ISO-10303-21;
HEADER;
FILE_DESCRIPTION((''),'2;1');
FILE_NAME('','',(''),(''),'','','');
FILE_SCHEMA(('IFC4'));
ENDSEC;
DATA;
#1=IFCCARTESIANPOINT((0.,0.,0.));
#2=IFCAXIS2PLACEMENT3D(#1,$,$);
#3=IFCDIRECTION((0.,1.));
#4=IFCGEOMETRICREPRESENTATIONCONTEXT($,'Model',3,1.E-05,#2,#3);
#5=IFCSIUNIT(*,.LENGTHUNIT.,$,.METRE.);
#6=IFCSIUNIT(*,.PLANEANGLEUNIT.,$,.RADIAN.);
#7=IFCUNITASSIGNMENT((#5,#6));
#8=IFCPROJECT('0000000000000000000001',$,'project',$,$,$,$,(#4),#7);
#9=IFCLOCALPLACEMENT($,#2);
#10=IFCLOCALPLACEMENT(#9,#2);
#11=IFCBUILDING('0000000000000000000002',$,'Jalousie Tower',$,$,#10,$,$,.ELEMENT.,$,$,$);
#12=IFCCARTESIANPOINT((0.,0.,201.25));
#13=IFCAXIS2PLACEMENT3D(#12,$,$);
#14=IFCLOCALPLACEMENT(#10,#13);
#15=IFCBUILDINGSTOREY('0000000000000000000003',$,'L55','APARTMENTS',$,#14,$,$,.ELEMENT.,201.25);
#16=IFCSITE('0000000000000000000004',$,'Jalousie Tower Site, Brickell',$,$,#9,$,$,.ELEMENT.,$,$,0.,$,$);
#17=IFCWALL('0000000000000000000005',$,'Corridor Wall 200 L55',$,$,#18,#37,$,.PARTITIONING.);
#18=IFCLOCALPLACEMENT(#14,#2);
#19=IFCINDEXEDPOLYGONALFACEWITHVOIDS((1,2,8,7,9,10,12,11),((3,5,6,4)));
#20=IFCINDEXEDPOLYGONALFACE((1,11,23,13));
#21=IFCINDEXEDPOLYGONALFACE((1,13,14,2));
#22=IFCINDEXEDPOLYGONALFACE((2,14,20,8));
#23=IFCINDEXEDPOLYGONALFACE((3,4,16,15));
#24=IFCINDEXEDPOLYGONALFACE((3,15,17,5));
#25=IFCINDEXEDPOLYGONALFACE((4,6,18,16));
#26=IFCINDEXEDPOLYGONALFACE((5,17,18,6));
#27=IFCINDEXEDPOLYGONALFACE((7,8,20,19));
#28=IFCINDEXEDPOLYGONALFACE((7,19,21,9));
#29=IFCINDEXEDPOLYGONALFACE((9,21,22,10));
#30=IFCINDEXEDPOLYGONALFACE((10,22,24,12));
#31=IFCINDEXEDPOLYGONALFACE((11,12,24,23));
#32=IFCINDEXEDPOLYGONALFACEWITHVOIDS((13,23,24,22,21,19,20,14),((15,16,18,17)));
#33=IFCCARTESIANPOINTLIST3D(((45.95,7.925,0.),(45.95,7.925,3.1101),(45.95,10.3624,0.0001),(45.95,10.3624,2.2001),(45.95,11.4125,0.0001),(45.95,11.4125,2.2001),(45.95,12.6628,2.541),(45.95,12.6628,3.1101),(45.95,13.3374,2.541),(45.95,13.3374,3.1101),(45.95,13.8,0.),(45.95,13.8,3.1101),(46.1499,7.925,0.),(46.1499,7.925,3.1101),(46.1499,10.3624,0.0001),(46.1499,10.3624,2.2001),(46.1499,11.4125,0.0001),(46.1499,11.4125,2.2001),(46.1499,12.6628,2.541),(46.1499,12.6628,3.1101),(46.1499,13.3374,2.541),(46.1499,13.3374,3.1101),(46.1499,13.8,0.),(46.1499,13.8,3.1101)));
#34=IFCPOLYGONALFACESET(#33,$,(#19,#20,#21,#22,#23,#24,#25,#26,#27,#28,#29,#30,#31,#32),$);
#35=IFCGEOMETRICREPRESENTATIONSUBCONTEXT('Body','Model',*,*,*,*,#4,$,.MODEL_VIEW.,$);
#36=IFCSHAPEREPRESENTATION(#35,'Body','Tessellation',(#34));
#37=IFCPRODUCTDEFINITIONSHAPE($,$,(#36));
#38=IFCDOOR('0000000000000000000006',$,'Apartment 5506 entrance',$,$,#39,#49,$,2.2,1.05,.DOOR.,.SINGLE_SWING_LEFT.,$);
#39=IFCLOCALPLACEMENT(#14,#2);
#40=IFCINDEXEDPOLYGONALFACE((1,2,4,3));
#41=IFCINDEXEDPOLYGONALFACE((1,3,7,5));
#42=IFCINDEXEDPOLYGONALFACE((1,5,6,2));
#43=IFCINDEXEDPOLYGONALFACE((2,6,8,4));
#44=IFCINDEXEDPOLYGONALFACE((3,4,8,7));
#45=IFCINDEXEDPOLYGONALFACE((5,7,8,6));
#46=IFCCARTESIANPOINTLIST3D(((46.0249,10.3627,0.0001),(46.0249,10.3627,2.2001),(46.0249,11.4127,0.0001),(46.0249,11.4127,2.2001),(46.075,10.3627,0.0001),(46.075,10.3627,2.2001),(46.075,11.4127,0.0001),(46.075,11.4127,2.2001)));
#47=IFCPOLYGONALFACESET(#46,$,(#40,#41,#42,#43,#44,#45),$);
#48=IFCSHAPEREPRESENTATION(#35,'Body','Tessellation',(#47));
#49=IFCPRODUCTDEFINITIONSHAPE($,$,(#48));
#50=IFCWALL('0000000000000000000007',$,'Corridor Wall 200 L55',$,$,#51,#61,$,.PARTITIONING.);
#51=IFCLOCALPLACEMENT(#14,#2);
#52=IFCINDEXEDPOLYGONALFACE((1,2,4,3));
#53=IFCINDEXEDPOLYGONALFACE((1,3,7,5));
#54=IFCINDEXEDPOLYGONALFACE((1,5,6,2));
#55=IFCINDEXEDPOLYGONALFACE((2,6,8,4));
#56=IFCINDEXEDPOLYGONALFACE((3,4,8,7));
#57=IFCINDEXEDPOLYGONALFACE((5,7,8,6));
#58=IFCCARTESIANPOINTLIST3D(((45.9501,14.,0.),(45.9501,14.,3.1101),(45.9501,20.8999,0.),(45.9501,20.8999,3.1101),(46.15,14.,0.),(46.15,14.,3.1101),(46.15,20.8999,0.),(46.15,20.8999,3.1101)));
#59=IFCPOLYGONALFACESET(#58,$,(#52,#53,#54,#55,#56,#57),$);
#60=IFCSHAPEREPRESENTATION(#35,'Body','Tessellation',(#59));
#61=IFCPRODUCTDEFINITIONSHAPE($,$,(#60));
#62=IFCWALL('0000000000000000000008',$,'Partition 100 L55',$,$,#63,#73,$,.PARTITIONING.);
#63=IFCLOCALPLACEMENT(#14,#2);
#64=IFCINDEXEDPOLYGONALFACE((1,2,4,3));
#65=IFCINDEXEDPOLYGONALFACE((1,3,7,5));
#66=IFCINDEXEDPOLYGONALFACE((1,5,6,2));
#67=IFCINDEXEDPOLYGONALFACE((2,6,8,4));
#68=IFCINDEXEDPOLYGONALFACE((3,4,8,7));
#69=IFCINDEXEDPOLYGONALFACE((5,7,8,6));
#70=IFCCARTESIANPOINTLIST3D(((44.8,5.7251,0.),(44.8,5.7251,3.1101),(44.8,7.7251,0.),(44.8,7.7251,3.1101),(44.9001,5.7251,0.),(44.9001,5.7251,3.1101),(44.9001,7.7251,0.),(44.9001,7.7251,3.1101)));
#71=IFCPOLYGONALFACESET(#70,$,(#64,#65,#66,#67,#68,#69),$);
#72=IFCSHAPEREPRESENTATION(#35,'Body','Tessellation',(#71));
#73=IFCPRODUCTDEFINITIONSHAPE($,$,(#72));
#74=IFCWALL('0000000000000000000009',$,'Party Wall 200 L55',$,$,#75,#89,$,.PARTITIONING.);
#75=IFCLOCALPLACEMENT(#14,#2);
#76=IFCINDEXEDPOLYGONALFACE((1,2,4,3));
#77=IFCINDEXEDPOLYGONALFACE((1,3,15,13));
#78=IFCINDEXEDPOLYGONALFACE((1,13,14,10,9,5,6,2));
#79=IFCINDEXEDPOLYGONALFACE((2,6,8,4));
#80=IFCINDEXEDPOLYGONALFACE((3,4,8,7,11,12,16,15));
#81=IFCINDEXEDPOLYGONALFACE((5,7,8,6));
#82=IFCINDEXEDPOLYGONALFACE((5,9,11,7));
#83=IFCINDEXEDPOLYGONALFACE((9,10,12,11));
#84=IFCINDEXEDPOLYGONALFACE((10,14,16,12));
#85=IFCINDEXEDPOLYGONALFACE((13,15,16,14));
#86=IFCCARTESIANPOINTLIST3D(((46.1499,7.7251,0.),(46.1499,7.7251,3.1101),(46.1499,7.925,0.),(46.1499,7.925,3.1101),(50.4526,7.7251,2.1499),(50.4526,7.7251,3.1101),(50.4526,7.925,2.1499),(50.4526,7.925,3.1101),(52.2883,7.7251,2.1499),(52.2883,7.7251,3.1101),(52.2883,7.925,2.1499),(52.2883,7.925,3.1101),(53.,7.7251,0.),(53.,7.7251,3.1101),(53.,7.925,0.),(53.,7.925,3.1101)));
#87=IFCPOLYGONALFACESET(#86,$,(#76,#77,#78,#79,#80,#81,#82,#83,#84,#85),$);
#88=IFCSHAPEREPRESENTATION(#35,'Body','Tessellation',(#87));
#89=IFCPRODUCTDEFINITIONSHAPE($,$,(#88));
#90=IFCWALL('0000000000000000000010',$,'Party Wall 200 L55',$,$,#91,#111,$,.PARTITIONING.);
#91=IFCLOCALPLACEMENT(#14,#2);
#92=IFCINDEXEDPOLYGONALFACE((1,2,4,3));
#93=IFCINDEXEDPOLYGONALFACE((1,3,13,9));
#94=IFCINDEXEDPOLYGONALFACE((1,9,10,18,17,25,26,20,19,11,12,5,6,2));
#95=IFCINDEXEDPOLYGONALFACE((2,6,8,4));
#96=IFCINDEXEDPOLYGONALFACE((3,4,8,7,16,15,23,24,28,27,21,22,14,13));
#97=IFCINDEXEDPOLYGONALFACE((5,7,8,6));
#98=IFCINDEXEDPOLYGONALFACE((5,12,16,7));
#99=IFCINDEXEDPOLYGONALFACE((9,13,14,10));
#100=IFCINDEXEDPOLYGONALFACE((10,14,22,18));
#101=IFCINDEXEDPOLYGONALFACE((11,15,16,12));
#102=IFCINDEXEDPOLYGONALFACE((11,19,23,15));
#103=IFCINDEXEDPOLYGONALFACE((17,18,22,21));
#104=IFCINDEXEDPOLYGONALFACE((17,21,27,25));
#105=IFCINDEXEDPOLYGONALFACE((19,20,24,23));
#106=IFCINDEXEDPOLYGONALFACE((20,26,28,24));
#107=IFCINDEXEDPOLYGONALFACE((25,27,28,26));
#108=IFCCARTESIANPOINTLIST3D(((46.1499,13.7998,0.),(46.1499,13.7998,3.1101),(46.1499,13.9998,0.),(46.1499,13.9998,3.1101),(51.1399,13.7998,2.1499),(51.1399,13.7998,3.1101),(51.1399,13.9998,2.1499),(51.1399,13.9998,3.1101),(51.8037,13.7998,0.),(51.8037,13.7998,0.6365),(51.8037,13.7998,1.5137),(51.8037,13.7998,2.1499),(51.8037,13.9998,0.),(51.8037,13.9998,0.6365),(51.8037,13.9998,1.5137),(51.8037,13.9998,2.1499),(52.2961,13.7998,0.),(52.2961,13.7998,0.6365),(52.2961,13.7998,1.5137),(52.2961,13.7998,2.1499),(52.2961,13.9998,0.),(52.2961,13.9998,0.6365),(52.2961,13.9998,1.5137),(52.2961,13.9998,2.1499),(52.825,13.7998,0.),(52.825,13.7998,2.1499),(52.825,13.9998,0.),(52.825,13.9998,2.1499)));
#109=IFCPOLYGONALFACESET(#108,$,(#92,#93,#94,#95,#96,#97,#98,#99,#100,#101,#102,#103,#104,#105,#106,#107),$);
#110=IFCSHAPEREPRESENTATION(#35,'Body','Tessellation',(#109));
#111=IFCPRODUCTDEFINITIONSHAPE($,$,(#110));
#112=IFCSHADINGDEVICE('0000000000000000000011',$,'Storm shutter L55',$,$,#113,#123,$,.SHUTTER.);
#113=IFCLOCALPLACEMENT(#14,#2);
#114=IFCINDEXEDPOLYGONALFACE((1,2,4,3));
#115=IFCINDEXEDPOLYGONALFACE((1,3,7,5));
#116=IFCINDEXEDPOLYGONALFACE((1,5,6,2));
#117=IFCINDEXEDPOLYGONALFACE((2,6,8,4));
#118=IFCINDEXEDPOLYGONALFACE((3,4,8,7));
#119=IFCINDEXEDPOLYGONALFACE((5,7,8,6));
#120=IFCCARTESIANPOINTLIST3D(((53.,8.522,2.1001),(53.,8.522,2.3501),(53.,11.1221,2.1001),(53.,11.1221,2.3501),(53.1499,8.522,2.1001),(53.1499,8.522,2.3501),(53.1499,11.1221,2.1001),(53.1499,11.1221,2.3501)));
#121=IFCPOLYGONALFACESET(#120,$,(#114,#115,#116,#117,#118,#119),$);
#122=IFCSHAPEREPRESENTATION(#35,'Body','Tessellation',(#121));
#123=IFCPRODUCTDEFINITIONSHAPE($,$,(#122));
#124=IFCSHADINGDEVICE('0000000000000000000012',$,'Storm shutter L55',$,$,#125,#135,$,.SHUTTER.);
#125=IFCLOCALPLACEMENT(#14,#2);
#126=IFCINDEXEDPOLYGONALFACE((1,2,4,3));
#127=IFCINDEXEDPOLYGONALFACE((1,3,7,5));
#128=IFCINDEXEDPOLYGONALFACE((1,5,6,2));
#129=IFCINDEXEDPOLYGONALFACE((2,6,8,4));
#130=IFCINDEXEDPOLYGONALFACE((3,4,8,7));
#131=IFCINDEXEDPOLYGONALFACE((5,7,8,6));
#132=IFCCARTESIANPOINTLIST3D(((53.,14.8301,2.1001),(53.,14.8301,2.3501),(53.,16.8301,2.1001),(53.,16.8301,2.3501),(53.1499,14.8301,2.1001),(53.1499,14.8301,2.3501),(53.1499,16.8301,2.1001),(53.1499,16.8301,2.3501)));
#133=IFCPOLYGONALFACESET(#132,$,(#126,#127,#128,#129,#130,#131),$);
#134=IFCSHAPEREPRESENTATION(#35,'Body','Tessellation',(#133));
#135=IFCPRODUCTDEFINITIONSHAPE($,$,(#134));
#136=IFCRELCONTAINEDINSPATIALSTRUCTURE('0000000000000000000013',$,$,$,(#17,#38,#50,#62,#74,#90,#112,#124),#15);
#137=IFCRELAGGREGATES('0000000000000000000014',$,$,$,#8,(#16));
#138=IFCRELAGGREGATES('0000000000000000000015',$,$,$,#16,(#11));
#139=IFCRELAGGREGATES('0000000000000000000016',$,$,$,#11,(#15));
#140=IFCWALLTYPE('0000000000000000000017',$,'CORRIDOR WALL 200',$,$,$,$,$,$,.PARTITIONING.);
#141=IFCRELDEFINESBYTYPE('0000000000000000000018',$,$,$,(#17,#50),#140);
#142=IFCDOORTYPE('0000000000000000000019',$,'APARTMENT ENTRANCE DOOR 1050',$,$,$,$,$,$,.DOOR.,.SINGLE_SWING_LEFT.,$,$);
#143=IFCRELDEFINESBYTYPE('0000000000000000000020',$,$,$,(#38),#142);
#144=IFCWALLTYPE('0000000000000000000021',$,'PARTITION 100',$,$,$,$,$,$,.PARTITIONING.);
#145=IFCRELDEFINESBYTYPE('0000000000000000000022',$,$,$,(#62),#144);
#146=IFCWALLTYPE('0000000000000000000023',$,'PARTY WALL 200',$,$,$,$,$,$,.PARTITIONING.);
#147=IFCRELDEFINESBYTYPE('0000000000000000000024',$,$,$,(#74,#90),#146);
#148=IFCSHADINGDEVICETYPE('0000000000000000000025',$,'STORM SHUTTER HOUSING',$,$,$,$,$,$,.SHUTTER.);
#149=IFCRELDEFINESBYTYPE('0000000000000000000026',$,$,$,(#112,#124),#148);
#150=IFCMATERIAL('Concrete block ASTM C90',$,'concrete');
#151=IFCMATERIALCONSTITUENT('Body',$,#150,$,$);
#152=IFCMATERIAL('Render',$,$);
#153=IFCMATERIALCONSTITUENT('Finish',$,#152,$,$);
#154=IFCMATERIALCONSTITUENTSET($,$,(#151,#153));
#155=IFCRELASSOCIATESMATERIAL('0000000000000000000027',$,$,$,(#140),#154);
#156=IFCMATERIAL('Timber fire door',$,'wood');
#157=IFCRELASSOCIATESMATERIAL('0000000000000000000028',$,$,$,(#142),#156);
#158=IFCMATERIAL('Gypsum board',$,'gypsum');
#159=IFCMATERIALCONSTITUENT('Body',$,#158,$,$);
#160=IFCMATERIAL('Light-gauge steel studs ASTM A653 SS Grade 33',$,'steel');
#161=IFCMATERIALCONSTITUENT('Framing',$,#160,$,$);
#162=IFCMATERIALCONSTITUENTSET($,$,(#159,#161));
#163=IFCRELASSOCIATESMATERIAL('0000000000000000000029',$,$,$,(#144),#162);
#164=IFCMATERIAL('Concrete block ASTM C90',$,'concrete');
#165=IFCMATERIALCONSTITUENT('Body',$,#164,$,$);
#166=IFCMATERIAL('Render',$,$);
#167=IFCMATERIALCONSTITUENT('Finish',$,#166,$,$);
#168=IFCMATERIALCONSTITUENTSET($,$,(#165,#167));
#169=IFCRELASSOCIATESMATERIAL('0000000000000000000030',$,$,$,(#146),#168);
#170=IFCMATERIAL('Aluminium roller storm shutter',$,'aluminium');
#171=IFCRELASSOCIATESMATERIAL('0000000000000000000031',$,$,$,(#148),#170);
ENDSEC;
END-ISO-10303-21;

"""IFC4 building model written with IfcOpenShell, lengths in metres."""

from ifc_helpers import new_model, si_unit, direction, frame, frame_2d, origin, origin_2d, place, context, subcontext, project, spatial, polyline, rectangle, outline, extrude, material, constituent, constituent_set, type_object, element, fill, save


model = new_model("IFC4")

# Units and contexts
model_context = context("Model", 3, precision=1e-05, world=origin(), true_north=direction((0.0, 1.0)))
body_context = subcontext(model_context, "Body", "Model", "MODEL_VIEW")
ifc_project = project(units=[si_unit("LENGTHUNIT", "METRE"), si_unit("PLANEANGLEUNIT", "RADIAN")], contexts=[model_context])

# Site, building, storey
site_placement = place(None, origin())
site = spatial("IfcSite", under=ifc_project, at=site_placement, Name="Jalousie Tower Site, Brickell", CompositionType="ELEMENT", RefElevation=0.0)
building_placement = place(site_placement, origin())
building = spatial("IfcBuilding", under=site, at=building_placement, Name="Jalousie Tower", CompositionType="ELEMENT")
storey_placement = place(building_placement, frame((0.0, 0.0, 201.25)))
storey = spatial("IfcBuildingStorey", under=building, at=storey_placement, Name="L55", Description="APARTMENTS", CompositionType="ELEMENT", Elevation=201.25)

# Wall, opening, door
ifc_material_1 = material(Name="Concrete block ASTM C90", Category="concrete")
ifc_constituent_1 = constituent(ifc_material_1, Name="Body")
ifc_material_2 = material(Name="Render")
ifc_constituent_2 = constituent(ifc_material_2, Name="Finish")
ifc_constituent_set_1 = constituent_set(constituents=[ifc_constituent_1, ifc_constituent_2])
wall_type_1 = type_object("IfcWallType", Name="CORRIDOR WALL 200", PredefinedType="PARTITIONING", material=ifc_constituent_set_1)
wall_1_placement = place(storey_placement, frame((46.05, 7.925, 0.0), z_axis=(0.0, 0.0, 1.0), x_axis=(0.0, 1.0, 0.0)))
wall_1 = element("IfcWall", 1, at=wall_1_placement, inside=storey, type_object=wall_type_1, Name="Corridor Wall 200 L55", PredefinedType="PARTITIONING", context=body_context, shape_type="SweptSolid", body=[
    extrude(outline(polyline([(0.0, 0.0), (5.875, 0.0), (5.875, 3.1101), (5.4124, 3.1101), (5.4124, 2.541), (4.7378, 2.541), (4.7378, 3.1101), (0.0, 3.1101), (0.0, 0.0)])), frame((0.0, 0.1001, 0.0), z_axis=(0.0, -1.0, 0.0), x_axis=(1.0, 0.0, 0.0)), (0.0, 0.0, 1.0), 0.2),
])
opening_1_placement = place(wall_1_placement, frame((2.4375, 0.0, 0.0)))
opening_1 = element("IfcOpeningElement", 2, at=opening_1_placement, cuts=wall_1, PredefinedType="OPENING", context=body_context, shape_type="SweptSolid", body=[
    extrude(rectangle(XDim=1.05, YDim=2.2, at=frame_2d((0.5249, 1.1001))), frame((0.0, 0.1099, 0.0), z_axis=(0.0, -1.0, 0.0), x_axis=(1.0, 0.0, 0.0)), (0.0, 0.0, 1.0), 0.22),
])
ifc_material_3 = material(Name="Timber fire door", Category="wood")
door_type_1 = type_object("IfcDoorType", Name="APARTMENT ENTRANCE DOOR 1050", OperationType="SINGLE_SWING_LEFT", PredefinedType="DOOR", material=ifc_material_3)
door_1_placement = place(opening_1_placement, frame((1.05, 0.0, 0.0), z_axis=(0.0, 0.0, 1.0), x_axis=(-1.0, 0.0, 0.0)))
door_1 = element("IfcDoor", 3, at=door_1_placement, inside=storey, type_object=door_type_1, Name="Apartment 5506 entrance", OperationType="SINGLE_SWING_LEFT", OverallHeight=2.2, OverallWidth=1.05, PredefinedType="DOOR", context=body_context, shape_type="SweptSolid", body=[
    extrude(rectangle(XDim=1.05, YDim=2.2, at=frame_2d((0.5249, 1.1001))), frame((0.0, 0.0249, 0.0), z_axis=(0.0, -1.0, 0.0), x_axis=(1.0, 0.0, 0.0)), (0.0, 0.0, 1.0), 0.05),
])
fill(opening_1, door_1)

# Walls
wall_2_placement = place(storey_placement, frame((46.05, 14.0, 0.0), z_axis=(0.0, 0.0, 1.0), x_axis=(0.0, 1.0, 0.0)))
element("IfcWall", 4, at=wall_2_placement, inside=storey, type_object=wall_type_1, Name="Corridor Wall 200 L55", PredefinedType="PARTITIONING", context=body_context, shape_type="SweptSolid", body=[
    extrude(rectangle(XDim=6.8999, YDim=0.2, at=frame_2d((3.45, 0.0))), origin(), (0.0, 0.0, 1.0), 3.1101),
])
ifc_material_4 = material(Name="Gypsum board", Category="gypsum")
ifc_constituent_3 = constituent(ifc_material_4, Name="Body")
ifc_material_5 = material(Name="Light-gauge steel studs ASTM A653 SS Grade 33", Category="steel")
ifc_constituent_4 = constituent(ifc_material_5, Name="Framing")
ifc_constituent_set_2 = constituent_set(constituents=[ifc_constituent_3, ifc_constituent_4])
wall_type_2 = type_object("IfcWallType", Name="PARTITION 100", PredefinedType="PARTITIONING", material=ifc_constituent_set_2)
wall_3_placement = place(storey_placement, frame((44.8501, 7.7251, 0.0), z_axis=(0.0, 0.0, 1.0), x_axis=(0.0, -1.0, 0.0)))
element("IfcWall", 5, at=wall_3_placement, inside=storey, type_object=wall_type_2, Name="Partition 100 L55", PredefinedType="PARTITIONING", context=body_context, shape_type="SweptSolid", body=[
    extrude(rectangle(XDim=2.0, YDim=0.1001, at=frame_2d((1.0, 0.0))), origin(), (0.0, 0.0, 1.0), 3.1101),
])
ifc_material_6 = material(Name="Concrete block ASTM C90", Category="concrete")
ifc_constituent_5 = constituent(ifc_material_6, Name="Body")
ifc_material_7 = material(Name="Render")
ifc_constituent_6 = constituent(ifc_material_7, Name="Finish")
ifc_constituent_set_3 = constituent_set(constituents=[ifc_constituent_5, ifc_constituent_6])
wall_type_3 = type_object("IfcWallType", Name="PARTY WALL 200", PredefinedType="PARTITIONING", material=ifc_constituent_set_3)
wall_4_placement = place(storey_placement, frame((46.1499, 7.825, 0.0), z_axis=(0.0, 0.0, 1.0), x_axis=(1.0, 0.0, 0.0)))
element("IfcWall", 6, at=wall_4_placement, inside=storey, type_object=wall_type_3, Name="Party Wall 200 L55", PredefinedType="PARTITIONING", context=body_context, shape_type="SweptSolid", body=[
    extrude(outline(polyline([(0.0, 0.0), (6.8501, 0.0), (6.8501, 3.1101), (6.1384, 3.1101), (6.1384, 2.1499), (4.3027, 2.1499), (4.3027, 3.1101), (0.0, 3.1101), (0.0, 0.0)])), frame((0.0, 0.1001, 0.0), z_axis=(0.0, -1.0, 0.0), x_axis=(1.0, 0.0, 0.0)), (0.0, 0.0, 1.0), 0.2),
])
wall_5_placement = place(storey_placement, frame((52.825, 13.8999, 0.0), z_axis=(0.0, 0.0, 1.0), x_axis=(-1.0, 0.0, 0.0)))
element("IfcWall", 7, at=wall_5_placement, inside=storey, type_object=wall_type_3, Name="Party Wall 200 L55", PredefinedType="PARTITIONING", context=body_context, shape_type="SweptSolid", body=[
    extrude(outline(polyline([(0.5288, 2.1499), (0.0, 2.1499), (0.0, 0.0), (0.5288, 0.0), (0.5288, 0.6365), (1.0212, 0.6365), (1.0212, 0.0), (6.675, 0.0), (6.675, 3.1101), (1.6851, 3.1101), (1.6851, 2.1499), (1.0212, 2.1499), (1.0212, 1.5137), (0.5288, 1.5137), (0.5288, 2.1499)])), frame((0.0, 0.1001, 0.0), z_axis=(0.0, -1.0, 0.0), x_axis=(1.0, 0.0, 0.0)), (0.0, 0.0, 1.0), 0.2),
])

# Shading devices
ifc_material_8 = material(Name="Aluminium roller storm shutter", Category="aluminium")
shading_device_type = type_object("IfcShadingDeviceType", Name="STORM SHUTTER HOUSING", PredefinedType="SHUTTER", material=ifc_material_8)
shading_device_1_placement = place(storey_placement, frame((53.075, 9.822, 2.1001), z_axis=(0.0, 0.0, 1.0), x_axis=(0.0, 1.0, 0.0)))
element("IfcShadingDevice", 8, at=shading_device_1_placement, inside=storey, type_object=shading_device_type, Name="Storm shutter L55", PredefinedType="SHUTTER", context=body_context, shape_type="SweptSolid", body=[
    extrude(rectangle(XDim=2.6001, YDim=0.1499, at=origin_2d()), origin(), (0.0, 0.0, 1.0), 0.25),
])
shading_device_2_placement = place(storey_placement, frame((53.075, 15.8301, 2.1001), z_axis=(0.0, 0.0, 1.0), x_axis=(0.0, 1.0, 0.0)))
element("IfcShadingDevice", 9, at=shading_device_2_placement, inside=storey, type_object=shading_device_type, Name="Storm shutter L55", PredefinedType="SHUTTER", context=body_context, shape_type="SweptSolid", body=[
    extrude(rectangle(XDim=2.0, YDim=0.1499, at=origin_2d()), origin(), (0.0, 0.0, 1.0), 0.25),
])

save(model, "model.ifc")
